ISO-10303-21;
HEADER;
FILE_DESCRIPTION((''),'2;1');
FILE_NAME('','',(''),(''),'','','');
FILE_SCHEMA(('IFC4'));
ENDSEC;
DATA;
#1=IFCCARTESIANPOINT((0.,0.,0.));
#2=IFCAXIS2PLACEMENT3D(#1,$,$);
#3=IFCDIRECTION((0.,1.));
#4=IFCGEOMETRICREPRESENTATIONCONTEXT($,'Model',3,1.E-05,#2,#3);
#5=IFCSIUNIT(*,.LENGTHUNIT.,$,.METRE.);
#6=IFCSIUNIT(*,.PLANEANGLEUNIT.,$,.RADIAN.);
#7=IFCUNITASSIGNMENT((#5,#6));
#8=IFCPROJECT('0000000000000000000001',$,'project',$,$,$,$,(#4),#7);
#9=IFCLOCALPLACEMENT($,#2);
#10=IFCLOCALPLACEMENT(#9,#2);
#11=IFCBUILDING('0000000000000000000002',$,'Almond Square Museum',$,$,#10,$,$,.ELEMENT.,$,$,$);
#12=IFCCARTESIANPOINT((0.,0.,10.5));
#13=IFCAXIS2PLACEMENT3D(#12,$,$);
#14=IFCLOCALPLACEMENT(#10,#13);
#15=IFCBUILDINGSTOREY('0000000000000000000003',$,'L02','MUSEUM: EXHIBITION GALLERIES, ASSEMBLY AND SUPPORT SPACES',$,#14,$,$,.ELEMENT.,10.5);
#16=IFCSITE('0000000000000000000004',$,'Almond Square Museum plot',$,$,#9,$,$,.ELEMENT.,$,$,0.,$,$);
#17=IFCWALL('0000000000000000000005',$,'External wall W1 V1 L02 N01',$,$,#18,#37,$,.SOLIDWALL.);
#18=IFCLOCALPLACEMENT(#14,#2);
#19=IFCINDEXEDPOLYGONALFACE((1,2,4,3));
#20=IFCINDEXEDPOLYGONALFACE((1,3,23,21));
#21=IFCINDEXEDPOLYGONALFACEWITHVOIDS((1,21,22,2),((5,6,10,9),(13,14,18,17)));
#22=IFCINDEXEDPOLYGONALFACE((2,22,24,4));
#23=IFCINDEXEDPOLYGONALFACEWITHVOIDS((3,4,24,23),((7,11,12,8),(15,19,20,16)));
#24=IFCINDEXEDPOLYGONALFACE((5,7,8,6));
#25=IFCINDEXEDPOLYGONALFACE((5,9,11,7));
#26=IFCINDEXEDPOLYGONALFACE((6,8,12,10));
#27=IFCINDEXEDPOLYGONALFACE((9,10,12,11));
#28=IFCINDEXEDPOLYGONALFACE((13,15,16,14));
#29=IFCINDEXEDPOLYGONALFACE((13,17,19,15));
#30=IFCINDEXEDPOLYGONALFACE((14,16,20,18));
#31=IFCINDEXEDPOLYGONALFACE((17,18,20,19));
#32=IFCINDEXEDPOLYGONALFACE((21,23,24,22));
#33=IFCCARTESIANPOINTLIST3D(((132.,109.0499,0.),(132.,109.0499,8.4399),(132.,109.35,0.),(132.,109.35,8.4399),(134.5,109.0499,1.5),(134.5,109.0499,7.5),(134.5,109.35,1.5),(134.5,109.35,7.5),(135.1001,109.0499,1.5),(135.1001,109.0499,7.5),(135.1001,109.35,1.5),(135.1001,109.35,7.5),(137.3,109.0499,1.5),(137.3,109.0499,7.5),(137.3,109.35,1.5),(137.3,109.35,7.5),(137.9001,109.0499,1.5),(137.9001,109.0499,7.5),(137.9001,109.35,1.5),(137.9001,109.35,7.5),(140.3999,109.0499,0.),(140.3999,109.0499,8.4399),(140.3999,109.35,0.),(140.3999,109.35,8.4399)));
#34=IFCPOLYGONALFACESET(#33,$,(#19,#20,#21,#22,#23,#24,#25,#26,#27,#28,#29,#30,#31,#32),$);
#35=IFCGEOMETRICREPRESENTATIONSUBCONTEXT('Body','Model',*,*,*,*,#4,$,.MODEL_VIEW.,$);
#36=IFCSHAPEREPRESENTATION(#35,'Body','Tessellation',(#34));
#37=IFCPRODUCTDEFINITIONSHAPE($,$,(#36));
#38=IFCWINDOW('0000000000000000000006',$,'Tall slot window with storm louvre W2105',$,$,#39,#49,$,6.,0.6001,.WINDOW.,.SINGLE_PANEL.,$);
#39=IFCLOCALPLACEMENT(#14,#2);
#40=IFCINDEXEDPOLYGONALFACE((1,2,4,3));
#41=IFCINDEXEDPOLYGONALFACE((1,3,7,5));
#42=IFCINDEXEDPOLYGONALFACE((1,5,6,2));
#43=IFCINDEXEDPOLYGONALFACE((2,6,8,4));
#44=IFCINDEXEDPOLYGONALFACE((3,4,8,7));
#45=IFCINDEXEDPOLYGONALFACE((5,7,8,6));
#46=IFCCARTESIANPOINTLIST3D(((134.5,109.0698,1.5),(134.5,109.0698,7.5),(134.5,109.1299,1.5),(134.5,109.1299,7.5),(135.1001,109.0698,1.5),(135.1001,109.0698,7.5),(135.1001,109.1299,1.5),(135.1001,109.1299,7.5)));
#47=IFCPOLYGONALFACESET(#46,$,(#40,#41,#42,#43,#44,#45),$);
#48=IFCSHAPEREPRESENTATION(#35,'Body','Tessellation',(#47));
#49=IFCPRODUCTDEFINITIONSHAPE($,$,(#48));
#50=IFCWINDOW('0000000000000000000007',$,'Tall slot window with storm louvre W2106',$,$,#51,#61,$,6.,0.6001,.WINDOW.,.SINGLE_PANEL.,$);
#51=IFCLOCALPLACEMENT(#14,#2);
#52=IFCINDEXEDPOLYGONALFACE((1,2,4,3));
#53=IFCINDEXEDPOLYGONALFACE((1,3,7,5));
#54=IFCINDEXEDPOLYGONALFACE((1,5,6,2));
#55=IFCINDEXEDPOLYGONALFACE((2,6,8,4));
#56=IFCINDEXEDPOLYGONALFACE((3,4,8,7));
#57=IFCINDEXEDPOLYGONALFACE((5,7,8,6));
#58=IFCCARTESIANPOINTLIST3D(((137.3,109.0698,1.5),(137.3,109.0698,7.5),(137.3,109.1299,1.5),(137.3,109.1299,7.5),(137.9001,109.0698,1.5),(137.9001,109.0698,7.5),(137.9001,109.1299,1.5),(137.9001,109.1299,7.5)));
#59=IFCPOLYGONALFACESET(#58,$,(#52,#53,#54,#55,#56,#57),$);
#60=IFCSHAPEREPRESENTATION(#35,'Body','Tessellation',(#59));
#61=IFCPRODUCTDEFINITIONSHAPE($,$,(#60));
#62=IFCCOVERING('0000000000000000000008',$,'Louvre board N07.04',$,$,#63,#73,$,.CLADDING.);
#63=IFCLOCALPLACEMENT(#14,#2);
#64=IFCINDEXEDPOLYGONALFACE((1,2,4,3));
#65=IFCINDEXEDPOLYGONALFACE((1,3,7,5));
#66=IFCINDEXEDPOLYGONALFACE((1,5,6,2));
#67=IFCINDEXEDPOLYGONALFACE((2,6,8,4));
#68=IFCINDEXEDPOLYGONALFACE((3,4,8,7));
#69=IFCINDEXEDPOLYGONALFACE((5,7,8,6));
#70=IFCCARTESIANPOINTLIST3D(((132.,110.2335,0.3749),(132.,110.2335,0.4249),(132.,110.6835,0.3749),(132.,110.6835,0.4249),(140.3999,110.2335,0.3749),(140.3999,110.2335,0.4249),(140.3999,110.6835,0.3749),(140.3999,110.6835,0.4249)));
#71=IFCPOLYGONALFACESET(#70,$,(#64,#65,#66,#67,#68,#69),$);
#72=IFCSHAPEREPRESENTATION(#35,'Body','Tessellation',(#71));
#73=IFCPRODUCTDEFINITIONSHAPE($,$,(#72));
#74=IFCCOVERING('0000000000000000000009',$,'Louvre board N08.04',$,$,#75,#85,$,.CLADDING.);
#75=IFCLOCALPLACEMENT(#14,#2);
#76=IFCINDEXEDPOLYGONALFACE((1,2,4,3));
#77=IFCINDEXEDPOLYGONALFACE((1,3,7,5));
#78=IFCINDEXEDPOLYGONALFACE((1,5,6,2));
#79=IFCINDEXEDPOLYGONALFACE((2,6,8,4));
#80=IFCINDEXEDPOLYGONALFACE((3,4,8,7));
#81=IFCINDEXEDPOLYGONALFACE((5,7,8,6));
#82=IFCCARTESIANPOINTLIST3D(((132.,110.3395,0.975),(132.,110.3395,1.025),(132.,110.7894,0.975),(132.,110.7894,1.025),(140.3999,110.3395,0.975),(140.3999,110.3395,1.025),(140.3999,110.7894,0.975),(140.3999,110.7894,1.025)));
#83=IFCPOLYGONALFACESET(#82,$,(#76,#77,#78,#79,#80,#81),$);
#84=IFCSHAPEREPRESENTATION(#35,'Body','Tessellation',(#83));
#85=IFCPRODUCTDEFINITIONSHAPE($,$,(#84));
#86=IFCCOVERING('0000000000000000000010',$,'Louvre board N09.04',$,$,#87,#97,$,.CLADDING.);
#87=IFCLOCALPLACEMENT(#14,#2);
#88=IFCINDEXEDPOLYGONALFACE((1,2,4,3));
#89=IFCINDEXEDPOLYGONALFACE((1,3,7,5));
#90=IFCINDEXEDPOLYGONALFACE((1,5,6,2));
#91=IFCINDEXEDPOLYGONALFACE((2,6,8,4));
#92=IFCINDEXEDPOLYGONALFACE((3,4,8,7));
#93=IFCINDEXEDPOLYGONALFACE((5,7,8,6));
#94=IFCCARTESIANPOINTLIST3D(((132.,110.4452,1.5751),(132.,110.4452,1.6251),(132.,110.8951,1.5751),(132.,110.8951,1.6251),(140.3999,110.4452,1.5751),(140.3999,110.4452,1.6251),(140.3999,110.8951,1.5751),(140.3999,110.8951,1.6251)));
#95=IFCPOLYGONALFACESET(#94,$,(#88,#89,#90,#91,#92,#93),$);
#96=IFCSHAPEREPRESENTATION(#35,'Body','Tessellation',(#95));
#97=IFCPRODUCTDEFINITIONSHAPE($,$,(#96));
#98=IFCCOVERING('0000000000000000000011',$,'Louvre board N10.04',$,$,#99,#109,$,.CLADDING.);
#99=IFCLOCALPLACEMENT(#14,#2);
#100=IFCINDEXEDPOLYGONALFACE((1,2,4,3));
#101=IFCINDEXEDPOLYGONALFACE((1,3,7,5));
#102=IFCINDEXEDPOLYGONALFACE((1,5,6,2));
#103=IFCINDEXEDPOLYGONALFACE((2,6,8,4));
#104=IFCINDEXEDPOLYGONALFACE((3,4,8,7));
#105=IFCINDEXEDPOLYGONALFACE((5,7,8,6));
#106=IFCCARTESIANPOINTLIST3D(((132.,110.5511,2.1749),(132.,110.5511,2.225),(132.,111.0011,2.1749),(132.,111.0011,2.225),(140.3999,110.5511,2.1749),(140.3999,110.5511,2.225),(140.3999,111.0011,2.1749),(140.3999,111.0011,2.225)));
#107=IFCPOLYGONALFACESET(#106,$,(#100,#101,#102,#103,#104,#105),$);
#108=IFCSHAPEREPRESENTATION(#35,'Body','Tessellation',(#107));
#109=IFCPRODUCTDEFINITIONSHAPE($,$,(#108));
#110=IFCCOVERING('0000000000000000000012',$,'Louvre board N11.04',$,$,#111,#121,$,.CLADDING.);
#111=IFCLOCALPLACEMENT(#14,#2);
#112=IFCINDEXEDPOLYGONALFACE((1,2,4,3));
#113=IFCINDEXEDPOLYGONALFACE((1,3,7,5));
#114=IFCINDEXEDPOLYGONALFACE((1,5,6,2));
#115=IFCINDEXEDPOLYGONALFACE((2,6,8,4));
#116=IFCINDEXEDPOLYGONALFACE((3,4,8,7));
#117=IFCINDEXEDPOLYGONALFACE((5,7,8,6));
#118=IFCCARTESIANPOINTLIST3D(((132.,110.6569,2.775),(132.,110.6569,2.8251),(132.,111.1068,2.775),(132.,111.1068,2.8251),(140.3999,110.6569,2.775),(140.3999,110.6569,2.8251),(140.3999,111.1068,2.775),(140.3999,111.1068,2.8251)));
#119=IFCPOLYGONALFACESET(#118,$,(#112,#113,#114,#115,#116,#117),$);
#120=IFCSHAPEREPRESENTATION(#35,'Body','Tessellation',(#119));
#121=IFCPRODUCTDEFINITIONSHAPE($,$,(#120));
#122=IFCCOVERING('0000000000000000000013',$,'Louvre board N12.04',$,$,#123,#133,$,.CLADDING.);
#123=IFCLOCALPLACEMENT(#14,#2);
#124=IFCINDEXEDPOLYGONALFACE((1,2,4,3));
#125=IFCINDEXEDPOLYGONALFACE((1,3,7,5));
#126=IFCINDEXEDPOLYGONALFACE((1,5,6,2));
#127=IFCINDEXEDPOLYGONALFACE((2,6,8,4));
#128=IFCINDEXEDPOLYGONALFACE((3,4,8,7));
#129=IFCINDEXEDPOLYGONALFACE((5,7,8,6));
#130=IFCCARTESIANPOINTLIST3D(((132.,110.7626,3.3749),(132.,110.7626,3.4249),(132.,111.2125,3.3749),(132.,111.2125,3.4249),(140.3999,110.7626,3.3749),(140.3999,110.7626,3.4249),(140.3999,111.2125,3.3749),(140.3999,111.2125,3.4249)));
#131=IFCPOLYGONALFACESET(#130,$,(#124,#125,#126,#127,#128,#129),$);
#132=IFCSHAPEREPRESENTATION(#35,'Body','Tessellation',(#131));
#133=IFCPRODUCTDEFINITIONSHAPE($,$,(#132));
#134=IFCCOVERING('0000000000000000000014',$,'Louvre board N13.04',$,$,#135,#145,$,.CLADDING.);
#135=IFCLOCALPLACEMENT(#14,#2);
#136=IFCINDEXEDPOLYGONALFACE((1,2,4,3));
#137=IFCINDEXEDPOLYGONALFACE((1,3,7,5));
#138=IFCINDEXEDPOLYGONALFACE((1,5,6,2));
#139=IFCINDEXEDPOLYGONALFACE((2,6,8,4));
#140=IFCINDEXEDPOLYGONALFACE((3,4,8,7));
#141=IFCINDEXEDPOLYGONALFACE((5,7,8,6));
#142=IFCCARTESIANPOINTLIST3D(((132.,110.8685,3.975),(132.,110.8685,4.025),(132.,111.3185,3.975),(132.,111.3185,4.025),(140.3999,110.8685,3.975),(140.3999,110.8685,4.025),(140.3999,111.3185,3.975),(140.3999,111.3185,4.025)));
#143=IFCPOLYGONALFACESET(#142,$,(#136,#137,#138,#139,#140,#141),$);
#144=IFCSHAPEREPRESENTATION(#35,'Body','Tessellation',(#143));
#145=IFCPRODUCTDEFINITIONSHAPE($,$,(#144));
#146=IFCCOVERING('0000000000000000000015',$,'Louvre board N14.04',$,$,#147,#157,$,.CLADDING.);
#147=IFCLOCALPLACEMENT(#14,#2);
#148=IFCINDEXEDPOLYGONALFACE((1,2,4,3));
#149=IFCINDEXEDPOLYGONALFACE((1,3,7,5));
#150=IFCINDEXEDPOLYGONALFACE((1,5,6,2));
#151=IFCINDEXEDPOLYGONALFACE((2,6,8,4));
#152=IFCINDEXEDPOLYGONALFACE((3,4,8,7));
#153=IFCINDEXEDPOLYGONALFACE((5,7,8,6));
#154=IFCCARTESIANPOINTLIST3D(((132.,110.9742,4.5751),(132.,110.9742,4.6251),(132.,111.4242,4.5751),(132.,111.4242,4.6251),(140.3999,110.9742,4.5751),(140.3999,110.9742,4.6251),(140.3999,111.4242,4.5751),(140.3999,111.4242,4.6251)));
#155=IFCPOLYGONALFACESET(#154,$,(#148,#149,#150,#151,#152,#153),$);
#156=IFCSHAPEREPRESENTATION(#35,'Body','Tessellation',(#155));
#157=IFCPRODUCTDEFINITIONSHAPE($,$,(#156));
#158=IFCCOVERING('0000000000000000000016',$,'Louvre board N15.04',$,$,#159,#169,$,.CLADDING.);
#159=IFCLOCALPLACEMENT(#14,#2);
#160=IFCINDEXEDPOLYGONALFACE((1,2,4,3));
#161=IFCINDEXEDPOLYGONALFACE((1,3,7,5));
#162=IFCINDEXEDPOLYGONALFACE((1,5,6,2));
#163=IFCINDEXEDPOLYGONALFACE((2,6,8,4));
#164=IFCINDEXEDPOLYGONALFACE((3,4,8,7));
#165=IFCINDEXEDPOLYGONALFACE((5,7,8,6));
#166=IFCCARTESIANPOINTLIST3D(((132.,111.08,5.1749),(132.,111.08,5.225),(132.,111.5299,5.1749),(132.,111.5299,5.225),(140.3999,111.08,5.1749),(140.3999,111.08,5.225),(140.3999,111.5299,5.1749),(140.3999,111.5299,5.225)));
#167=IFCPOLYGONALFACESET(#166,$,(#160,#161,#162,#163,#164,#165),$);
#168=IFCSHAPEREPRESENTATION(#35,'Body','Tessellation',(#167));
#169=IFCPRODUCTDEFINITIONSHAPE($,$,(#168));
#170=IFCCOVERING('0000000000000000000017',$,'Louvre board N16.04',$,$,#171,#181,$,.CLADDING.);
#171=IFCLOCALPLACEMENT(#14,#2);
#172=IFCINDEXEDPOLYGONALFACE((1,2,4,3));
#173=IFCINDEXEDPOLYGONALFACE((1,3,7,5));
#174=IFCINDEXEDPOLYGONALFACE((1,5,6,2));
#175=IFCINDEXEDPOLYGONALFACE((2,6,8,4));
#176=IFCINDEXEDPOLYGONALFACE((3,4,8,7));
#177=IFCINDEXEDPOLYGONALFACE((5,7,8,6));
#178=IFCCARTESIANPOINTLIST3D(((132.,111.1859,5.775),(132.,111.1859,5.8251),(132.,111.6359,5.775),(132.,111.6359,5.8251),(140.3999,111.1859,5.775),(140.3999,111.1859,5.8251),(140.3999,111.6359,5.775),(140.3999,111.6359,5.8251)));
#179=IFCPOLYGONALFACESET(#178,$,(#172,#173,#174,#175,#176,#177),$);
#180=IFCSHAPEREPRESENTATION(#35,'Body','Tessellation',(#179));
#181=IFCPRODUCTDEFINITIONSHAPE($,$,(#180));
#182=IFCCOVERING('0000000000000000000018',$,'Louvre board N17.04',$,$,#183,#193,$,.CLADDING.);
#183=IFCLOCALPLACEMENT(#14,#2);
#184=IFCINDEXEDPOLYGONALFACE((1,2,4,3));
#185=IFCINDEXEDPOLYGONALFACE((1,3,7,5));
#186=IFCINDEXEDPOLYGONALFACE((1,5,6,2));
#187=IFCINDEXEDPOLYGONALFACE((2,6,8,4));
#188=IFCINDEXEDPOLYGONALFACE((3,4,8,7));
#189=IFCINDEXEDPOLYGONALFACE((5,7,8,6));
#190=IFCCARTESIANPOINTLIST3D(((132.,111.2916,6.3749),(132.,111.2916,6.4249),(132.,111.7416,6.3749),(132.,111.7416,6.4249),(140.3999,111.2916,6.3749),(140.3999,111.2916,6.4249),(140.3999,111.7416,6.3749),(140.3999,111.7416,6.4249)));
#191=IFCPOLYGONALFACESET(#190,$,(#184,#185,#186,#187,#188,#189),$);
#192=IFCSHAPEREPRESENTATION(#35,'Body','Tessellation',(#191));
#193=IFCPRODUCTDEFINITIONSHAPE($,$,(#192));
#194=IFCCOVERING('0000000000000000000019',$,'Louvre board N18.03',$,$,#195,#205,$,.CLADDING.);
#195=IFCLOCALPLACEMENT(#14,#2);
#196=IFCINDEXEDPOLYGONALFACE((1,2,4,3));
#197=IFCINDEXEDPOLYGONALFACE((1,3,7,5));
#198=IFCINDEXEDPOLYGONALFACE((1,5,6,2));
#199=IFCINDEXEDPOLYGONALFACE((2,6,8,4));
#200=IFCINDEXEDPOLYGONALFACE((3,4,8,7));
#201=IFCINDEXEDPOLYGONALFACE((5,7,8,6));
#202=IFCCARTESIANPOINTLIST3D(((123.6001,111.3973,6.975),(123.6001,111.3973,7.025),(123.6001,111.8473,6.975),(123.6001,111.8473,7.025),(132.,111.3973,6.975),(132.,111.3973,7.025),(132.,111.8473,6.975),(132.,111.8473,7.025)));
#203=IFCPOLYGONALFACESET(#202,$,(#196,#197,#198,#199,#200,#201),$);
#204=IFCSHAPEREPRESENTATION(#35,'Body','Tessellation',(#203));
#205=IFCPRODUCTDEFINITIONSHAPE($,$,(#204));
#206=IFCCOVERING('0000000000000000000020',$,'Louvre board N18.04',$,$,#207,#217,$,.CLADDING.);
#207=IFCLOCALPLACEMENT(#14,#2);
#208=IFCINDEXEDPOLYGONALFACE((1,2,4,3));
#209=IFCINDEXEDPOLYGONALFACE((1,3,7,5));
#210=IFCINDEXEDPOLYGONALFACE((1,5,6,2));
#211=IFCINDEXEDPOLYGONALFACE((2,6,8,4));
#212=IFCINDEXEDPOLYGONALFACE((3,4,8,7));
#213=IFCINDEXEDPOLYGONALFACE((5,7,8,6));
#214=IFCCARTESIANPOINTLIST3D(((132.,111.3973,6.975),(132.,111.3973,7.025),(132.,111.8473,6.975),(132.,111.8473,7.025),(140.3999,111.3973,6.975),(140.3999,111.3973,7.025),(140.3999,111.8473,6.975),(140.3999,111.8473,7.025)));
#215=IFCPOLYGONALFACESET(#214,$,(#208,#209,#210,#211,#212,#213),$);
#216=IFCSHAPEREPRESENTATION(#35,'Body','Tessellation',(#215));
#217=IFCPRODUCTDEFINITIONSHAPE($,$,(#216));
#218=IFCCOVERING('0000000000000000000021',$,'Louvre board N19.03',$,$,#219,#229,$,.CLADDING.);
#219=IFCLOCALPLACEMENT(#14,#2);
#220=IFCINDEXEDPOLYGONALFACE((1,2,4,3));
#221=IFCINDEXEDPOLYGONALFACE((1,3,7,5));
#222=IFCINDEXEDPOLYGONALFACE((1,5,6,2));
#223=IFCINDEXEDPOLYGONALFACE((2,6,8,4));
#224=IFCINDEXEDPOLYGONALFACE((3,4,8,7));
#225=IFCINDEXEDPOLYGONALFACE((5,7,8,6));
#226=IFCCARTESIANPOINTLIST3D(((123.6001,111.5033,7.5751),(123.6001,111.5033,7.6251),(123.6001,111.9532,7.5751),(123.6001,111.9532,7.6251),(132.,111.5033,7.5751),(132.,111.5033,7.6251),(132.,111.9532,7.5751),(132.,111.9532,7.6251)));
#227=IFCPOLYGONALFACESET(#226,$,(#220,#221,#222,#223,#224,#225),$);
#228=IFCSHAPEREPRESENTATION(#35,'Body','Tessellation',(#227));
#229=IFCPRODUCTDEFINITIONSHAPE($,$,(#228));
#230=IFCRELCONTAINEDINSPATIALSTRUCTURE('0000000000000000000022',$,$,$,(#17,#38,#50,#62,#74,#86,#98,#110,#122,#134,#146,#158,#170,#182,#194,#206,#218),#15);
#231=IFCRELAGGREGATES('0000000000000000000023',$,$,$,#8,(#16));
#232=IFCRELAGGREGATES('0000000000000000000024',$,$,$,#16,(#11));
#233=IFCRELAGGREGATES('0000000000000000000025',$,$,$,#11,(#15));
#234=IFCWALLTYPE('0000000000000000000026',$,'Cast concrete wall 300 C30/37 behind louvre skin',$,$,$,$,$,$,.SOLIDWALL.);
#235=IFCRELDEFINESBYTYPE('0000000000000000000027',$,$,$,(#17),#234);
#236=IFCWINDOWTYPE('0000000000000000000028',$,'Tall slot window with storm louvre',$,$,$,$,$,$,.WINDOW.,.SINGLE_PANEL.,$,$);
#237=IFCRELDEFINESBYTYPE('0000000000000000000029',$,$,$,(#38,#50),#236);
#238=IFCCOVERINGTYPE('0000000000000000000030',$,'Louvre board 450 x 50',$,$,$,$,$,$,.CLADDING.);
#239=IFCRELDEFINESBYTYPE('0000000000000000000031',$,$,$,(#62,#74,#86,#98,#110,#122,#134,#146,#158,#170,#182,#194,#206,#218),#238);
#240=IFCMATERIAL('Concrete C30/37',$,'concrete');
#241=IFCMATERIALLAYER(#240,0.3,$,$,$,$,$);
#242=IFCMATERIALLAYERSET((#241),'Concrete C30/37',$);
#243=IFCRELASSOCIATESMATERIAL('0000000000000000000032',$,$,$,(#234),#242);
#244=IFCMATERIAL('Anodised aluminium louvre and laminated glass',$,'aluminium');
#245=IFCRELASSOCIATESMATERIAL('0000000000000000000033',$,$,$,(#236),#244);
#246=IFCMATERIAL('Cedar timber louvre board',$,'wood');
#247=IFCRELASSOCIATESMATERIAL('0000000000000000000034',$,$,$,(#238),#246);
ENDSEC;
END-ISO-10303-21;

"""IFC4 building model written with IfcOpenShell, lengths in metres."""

from ifc_helpers import new_model, si_unit, direction, frame, frame_2d, origin, origin_2d, place, context, subcontext, project, spatial, rectangle, extrude, material, layer, layer_set, material_profile, profile_set, type_object, element, fill, save


model = new_model("IFC4")

# Units and contexts
model_context = context("Model", 3, precision=1e-05, world=origin(), true_north=direction((0.0, 1.0)))
body_context = subcontext(model_context, "Body", "Model", "MODEL_VIEW")
ifc_project = project(units=[si_unit("LENGTHUNIT", "METRE"), si_unit("PLANEANGLEUNIT", "RADIAN")], contexts=[model_context])

# Site, building, storey
site_placement = place(None, origin())
site = spatial("IfcSite", under=ifc_project, at=site_placement, Name="Almond Square Museum plot", CompositionType="ELEMENT", RefElevation=0.0)
building_placement = place(site_placement, origin())
building = spatial("IfcBuilding", under=site, at=building_placement, Name="Almond Square Museum", CompositionType="ELEMENT")
storey_placement = place(building_placement, frame((0.0, 0.0, 10.5)))
storey = spatial("IfcBuildingStorey", under=building, at=storey_placement, Name="L02", Description="MUSEUM: EXHIBITION GALLERIES, ASSEMBLY AND SUPPORT SPACES", CompositionType="ELEMENT", Elevation=10.5)

# Wall, openings, windows
ifc_material_1 = material(Name="Concrete C30/37", Category="concrete")
ifc_layer_1 = layer(ifc_material_1, 0.3)
ifc_layer_set_1 = layer_set([ifc_layer_1], Name="Concrete C30/37")
wall_type = type_object("IfcWallType", Name="Cast concrete wall 300 C30/37 behind louvre skin", PredefinedType="SOLIDWALL", material=ifc_layer_set_1)
wall_placement = place(storey_placement, frame((132.0, 109.2, 0.0), z_axis=(0.0, 0.0, 1.0), x_axis=(1.0, 0.0, 0.0)))
wall = element("IfcWall", 1, at=wall_placement, inside=storey, type_object=wall_type, Name="External wall W1 V1 L02 N01", PredefinedType="SOLIDWALL", context=body_context, shape_type="SweptSolid", body=[
    extrude(rectangle(XDim=8.3999, YDim=0.3, at=frame_2d((4.2, 0.0))), origin(), (0.0, 0.0, 1.0), 8.4399),
])
opening_1_placement = place(wall_placement, frame((2.5, 0.0, 1.5)))
opening_1 = element("IfcOpeningElement", 2, at=opening_1_placement, cuts=wall, PredefinedType="OPENING", context=body_context, shape_type="SweptSolid", body=[
    extrude(rectangle(XDim=0.6001, YDim=6.0, at=frame_2d((0.3, 3.0))), frame((0.0, 0.1599, 0.0), z_axis=(0.0, -1.0, 0.0), x_axis=(1.0, 0.0, 0.0)), (0.0, 0.0, 1.0), 0.3201),
])
opening_2_placement = place(wall_placement, frame((5.3, 0.0, 1.5)))
opening_2 = element("IfcOpeningElement", 3, at=opening_2_placement, cuts=wall, PredefinedType="OPENING", context=body_context, shape_type="SweptSolid", body=[
    extrude(rectangle(XDim=0.6001, YDim=6.0, at=frame_2d((0.3, 3.0))), frame((0.0, 0.1599, 0.0), z_axis=(0.0, -1.0, 0.0), x_axis=(1.0, 0.0, 0.0)), (0.0, 0.0, 1.0), 0.3201),
])
ifc_material_2 = material(Name="Anodised aluminium louvre and laminated glass", Category="aluminium")
window_type = type_object("IfcWindowType", Name="Tall slot window with storm louvre", PartitioningType="SINGLE_PANEL", PredefinedType="WINDOW", material=ifc_material_2)
window_1_placement = place(opening_1_placement, origin())
window_1 = element("IfcWindow", 4, at=window_1_placement, inside=storey, type_object=window_type, Name="Tall slot window with storm louvre W2105", OverallHeight=6.0, OverallWidth=0.6001, PartitioningType="SINGLE_PANEL", PredefinedType="WINDOW", context=body_context, shape_type="SweptSolid", body=[
    extrude(rectangle(XDim=0.6001, YDim=6.0, at=frame_2d((0.3, 3.0))), frame((0.0, -0.0701, 0.0), z_axis=(0.0, -1.0, 0.0), x_axis=(1.0, 0.0, 0.0)), (0.0, 0.0, 1.0), 0.0601),
])
fill(opening_1, window_1)
window_2_placement = place(opening_2_placement, origin())
window_2 = element("IfcWindow", 5, at=window_2_placement, inside=storey, type_object=window_type, Name="Tall slot window with storm louvre W2106", OverallHeight=6.0, OverallWidth=0.6001, PartitioningType="SINGLE_PANEL", PredefinedType="WINDOW", context=body_context, shape_type="SweptSolid", body=[
    extrude(rectangle(XDim=0.6001, YDim=6.0, at=frame_2d((0.3, 3.0))), frame((0.0, -0.0701, 0.0), z_axis=(0.0, -1.0, 0.0), x_axis=(1.0, 0.0, 0.0)), (0.0, 0.0, 1.0), 0.0601),
])
fill(opening_2, window_2)

# Coverings
ifc_material_3 = material(Name="Cedar timber louvre board", Category="wood")
ifc_material_profile = material_profile(ifc_material_3, rectangle(XDim=0.45, YDim=0.05, at=origin_2d()))
ifc_profile_set = profile_set([ifc_material_profile], Name="Cedar timber louvre board")
covering_type_1 = type_object("IfcCoveringType", Name="Louvre board 450 x 50", PredefinedType="CLADDING", material=ifc_profile_set)
for number, where, z_axis, x_axis, name in (
    (6, (132.0, 110.4585, 0.3999), (1.0, 0.0, 0.0), (0.0, 1.0, 0.0), "Louvre board N07.04"),
    (7, (132.0, 110.5645, 1.0), (1.0, 0.0, 0.0), (0.0, 1.0, 0.0), "Louvre board N08.04"),
    (8, (132.0, 110.6702, 1.6001), (1.0, 0.0, 0.0), (0.0, 1.0, 0.0), "Louvre board N09.04"),
    (9, (132.0, 110.7761, 2.2), (1.0, 0.0, 0.0), (0.0, 1.0, 0.0), "Louvre board N10.04"),
    (10, (132.0, 110.8818, 2.8), (1.0, 0.0, 0.0), (0.0, 1.0, 0.0), "Louvre board N11.04"),
    (11, (132.0, 110.9875, 3.3999), (1.0, 0.0, 0.0), (0.0, 1.0, 0.0), "Louvre board N12.04"),
    (12, (132.0, 111.0935, 4.0), (1.0, 0.0, 0.0), (0.0, 1.0, 0.0), "Louvre board N13.04"),
    (13, (132.0, 111.1992, 4.6001), (1.0, 0.0, 0.0), (0.0, 1.0, 0.0), "Louvre board N14.04"),
    (14, (132.0, 111.3049, 5.2), (1.0, 0.0, 0.0), (0.0, 1.0, 0.0), "Louvre board N15.04"),
    (15, (132.0, 111.4109, 5.8), (1.0, 0.0, 0.0), (0.0, 1.0, 0.0), "Louvre board N16.04"),
    (16, (132.0, 111.5166, 6.3999), (1.0, 0.0, 0.0), (0.0, 1.0, 0.0), "Louvre board N17.04"),
    (17, (123.6001, 111.6223, 7.0), (1.0, 0.0, 0.0), (0.0, 1.0, 0.0), "Louvre board N18.03"),
    (18, (132.0, 111.6223, 7.0), (1.0, 0.0, 0.0), (0.0, 1.0, 0.0), "Louvre board N18.04"),
    (19, (123.6001, 111.7283, 7.6001), (1.0, 0.0, 0.0), (0.0, 1.0, 0.0), "Louvre board N19.03"),
):
    element("IfcCovering", number, at=place(storey_placement, frame(where, z_axis=z_axis, x_axis=x_axis)), inside=storey, type_object=covering_type_1, Name=name, PredefinedType="CLADDING", context=body_context, shape_type="SweptSolid", body=[
        extrude(rectangle(XDim=0.45, YDim=0.05, at=origin_2d()), origin(), (0.0, 0.0, 1.0), 8.3999),
    ])

save(model, "model.ifc")
